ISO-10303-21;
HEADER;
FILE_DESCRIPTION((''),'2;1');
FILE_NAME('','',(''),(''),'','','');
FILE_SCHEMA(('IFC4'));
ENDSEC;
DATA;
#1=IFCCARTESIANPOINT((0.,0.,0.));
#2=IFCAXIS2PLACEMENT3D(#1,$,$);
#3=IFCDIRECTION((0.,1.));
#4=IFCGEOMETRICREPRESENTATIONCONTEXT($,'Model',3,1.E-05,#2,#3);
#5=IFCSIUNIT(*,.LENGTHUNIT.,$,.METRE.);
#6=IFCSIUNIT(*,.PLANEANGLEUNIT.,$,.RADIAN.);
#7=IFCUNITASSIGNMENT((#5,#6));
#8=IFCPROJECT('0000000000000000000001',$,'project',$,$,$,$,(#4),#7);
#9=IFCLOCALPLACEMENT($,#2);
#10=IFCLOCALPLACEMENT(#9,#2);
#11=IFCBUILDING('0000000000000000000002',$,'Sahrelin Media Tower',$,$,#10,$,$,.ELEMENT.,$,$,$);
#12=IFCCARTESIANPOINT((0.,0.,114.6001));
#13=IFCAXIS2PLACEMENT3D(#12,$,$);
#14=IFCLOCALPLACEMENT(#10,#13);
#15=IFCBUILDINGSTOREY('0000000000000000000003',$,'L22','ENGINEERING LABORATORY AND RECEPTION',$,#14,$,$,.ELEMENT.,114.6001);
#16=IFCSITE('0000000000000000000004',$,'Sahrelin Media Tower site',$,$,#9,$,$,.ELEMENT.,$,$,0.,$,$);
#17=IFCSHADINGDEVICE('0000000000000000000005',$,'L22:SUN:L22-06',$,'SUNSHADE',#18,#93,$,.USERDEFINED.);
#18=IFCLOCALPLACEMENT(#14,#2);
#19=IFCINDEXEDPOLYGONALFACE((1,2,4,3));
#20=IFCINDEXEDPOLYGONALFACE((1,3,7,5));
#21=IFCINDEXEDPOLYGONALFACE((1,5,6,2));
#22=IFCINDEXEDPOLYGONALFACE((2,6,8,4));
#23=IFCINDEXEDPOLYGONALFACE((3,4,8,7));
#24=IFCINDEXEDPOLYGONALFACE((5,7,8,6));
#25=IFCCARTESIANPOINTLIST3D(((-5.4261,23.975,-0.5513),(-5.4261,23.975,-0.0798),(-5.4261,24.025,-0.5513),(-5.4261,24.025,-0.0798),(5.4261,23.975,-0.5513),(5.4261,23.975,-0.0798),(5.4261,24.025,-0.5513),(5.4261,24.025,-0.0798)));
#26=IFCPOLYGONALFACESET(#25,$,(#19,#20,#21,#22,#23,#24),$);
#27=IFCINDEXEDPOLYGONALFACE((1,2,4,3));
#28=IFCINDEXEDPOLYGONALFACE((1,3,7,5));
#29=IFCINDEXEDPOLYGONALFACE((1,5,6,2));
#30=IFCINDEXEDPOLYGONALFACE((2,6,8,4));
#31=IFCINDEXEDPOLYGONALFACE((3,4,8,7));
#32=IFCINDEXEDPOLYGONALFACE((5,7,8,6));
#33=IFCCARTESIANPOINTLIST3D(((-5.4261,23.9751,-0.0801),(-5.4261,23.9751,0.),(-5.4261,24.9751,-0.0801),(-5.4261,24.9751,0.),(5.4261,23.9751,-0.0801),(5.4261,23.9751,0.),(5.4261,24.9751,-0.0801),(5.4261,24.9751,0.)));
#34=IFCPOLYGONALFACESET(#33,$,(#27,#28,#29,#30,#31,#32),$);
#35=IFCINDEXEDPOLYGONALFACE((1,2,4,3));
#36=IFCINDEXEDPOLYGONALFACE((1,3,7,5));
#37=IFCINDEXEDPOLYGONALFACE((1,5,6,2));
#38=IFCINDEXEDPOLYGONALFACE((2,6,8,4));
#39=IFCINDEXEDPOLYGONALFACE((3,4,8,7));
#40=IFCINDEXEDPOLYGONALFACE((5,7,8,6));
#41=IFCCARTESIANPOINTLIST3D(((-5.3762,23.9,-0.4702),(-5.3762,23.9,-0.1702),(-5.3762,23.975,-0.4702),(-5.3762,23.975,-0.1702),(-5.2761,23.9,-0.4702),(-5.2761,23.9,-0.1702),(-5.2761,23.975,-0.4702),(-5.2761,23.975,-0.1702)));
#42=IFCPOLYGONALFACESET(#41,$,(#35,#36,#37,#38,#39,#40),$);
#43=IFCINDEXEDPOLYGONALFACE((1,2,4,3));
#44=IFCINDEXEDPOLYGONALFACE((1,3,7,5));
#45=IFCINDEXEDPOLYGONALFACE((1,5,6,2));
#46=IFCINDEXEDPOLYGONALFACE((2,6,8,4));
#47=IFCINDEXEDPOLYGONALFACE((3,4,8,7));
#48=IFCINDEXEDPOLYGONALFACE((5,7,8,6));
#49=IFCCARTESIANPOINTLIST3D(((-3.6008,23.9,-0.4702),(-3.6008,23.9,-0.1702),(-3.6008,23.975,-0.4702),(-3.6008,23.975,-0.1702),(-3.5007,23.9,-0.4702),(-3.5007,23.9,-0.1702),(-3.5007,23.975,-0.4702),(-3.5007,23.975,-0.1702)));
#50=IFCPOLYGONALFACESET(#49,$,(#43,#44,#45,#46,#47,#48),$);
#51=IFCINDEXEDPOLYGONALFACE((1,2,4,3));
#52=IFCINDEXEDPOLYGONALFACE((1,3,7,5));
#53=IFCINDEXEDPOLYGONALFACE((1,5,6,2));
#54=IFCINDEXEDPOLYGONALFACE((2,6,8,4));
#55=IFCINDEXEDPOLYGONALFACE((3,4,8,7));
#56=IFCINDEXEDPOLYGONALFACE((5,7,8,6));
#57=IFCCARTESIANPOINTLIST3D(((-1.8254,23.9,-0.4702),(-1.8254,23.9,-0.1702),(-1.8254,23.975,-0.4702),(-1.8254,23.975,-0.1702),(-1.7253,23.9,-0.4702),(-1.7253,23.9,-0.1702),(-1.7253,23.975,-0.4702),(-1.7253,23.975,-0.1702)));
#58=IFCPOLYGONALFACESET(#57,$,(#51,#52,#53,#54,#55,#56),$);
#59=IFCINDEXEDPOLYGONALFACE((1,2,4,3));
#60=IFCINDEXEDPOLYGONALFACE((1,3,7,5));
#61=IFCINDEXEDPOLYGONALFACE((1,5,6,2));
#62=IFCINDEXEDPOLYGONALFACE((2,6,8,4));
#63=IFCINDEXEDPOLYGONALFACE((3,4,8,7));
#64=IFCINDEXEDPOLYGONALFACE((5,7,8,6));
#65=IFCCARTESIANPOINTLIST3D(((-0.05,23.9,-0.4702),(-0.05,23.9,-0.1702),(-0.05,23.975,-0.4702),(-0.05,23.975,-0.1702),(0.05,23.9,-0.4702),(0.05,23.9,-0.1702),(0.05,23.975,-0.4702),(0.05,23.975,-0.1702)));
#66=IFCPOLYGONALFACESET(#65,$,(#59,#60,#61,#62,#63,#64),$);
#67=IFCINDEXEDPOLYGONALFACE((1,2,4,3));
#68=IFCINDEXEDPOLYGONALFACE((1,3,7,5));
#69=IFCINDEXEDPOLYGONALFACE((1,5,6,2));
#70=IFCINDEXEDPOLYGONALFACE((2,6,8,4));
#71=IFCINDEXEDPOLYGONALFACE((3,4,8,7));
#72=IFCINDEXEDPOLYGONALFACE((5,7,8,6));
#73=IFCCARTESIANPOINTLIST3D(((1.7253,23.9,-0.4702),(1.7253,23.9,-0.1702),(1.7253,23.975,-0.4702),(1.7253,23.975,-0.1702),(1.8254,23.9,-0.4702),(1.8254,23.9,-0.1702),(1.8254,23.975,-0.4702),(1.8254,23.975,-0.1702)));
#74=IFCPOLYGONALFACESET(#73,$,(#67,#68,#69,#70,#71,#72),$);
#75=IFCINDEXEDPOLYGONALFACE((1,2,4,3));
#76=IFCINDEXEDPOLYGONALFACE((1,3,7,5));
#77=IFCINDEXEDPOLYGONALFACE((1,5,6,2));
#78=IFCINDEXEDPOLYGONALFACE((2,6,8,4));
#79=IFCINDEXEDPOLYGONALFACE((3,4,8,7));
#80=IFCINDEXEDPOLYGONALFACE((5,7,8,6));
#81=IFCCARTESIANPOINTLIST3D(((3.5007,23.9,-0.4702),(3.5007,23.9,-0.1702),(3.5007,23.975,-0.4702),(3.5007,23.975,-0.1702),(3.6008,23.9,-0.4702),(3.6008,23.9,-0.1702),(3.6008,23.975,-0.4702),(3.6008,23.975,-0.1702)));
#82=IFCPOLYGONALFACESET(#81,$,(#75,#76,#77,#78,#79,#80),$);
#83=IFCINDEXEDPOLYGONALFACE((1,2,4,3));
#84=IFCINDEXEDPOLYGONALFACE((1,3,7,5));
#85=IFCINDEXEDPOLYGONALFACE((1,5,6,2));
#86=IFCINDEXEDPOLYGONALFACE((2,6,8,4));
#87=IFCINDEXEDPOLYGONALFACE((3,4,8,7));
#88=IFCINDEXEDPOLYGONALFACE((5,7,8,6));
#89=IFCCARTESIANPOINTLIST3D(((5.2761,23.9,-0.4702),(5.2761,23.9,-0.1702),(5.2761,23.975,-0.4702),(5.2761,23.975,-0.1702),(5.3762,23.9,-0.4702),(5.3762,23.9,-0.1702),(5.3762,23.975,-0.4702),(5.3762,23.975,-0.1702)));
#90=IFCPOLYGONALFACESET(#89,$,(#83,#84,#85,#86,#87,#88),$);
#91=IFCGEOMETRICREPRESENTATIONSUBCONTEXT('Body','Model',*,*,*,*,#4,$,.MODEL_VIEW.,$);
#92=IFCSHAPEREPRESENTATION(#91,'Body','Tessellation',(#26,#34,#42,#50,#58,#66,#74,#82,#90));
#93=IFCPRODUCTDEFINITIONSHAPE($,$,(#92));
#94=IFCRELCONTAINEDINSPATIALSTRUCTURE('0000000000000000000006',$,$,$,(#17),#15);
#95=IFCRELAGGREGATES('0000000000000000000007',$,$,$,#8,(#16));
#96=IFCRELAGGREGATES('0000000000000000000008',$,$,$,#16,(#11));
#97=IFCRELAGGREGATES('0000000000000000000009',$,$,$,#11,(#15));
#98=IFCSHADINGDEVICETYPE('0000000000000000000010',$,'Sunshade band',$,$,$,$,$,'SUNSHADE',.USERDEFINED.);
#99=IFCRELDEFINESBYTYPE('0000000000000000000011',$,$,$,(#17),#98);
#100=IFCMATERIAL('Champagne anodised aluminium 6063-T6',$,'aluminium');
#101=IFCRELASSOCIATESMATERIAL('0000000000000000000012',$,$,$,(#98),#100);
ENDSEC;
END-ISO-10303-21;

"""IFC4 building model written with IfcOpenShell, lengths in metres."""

from ifc_helpers import new_model, si_unit, direction, frame, origin, origin_2d, place, context, subcontext, project, spatial, rectangle, extrude, material, type_object, element, save


model = new_model("IFC4")

# Units and contexts
model_context = context("Model", 3, precision=1e-05, world=origin(), true_north=direction((0.0, 1.0)))
body_context = subcontext(model_context, "Body", "Model", "MODEL_VIEW")
ifc_project = project(units=[si_unit("LENGTHUNIT", "METRE"), si_unit("PLANEANGLEUNIT", "RADIAN")], contexts=[model_context])

# Site, building, storey
site_placement = place(None, origin())
site = spatial("IfcSite", under=ifc_project, at=site_placement, Name="Sahrelin Media Tower site", CompositionType="ELEMENT", RefElevation=0.0)
building_placement = place(site_placement, origin())
building = spatial("IfcBuilding", under=site, at=building_placement, Name="Sahrelin Media Tower", CompositionType="ELEMENT")
storey_placement = place(building_placement, frame((0.0, 0.0, 114.6001)))
storey = spatial("IfcBuildingStorey", under=building, at=storey_placement, Name="L22", Description="ENGINEERING LABORATORY AND RECEPTION", CompositionType="ELEMENT", Elevation=114.6001)

# Shared definitions
ifc_material_1 = material(Name="Champagne anodised aluminium 6063-T6", Category="aluminium")
placement_1 = place(storey_placement, frame((0.0, 23.9551, 0.0), z_axis=(0.0, 0.0, 1.0), x_axis=(1.0, 0.0, 0.0)))

# Shading device
shading_device_type_1 = type_object("IfcShadingDeviceType", Name="Sunshade band", ElementType="SUNSHADE", PredefinedType="USERDEFINED", material=ifc_material_1)
element("IfcShadingDevice", 1, at=placement_1, inside=storey, type_object=shading_device_type_1, Name="L22:SUN:L22-06", ObjectType="SUNSHADE", PredefinedType="USERDEFINED", context=body_context, shape_type="SweptSolid", body=[
    extrude(rectangle(XDim=10.8523, YDim=0.05, at=origin_2d()), frame((0.0, 0.0449, -0.5513)), (0.0, 0.0, 1.0), 0.4714),
    extrude(rectangle(XDim=10.8523, YDim=1.0, at=origin_2d()), frame((0.0, 0.52, -0.0801)), (0.0, 0.0, 1.0), 0.0801),
    extrude(rectangle(XDim=0.1001, YDim=0.075, at=origin_2d()), frame((-5.3262, -0.0176, -0.4702)), (0.0, 0.0, 1.0), 0.3),
    extrude(rectangle(XDim=0.1001, YDim=0.075, at=origin_2d()), frame((-3.5508, -0.0176, -0.4702)), (0.0, 0.0, 1.0), 0.3),
    extrude(rectangle(XDim=0.1001, YDim=0.075, at=origin_2d()), frame((-1.7754, -0.0176, -0.4702)), (0.0, 0.0, 1.0), 0.3),
    extrude(rectangle(XDim=0.1001, YDim=0.075, at=origin_2d()), frame((0.0, -0.0176, -0.4702)), (0.0, 0.0, 1.0), 0.3),
    extrude(rectangle(XDim=0.1001, YDim=0.075, at=origin_2d()), frame((1.7754, -0.0176, -0.4702)), (0.0, 0.0, 1.0), 0.3),
    extrude(rectangle(XDim=0.1001, YDim=0.075, at=origin_2d()), frame((3.5508, -0.0176, -0.4702)), (0.0, 0.0, 1.0), 0.3),
    extrude(rectangle(XDim=0.1001, YDim=0.075, at=origin_2d()), frame((5.3262, -0.0176, -0.4702)), (0.0, 0.0, 1.0), 0.3),
])

save(model, "model.ifc")
